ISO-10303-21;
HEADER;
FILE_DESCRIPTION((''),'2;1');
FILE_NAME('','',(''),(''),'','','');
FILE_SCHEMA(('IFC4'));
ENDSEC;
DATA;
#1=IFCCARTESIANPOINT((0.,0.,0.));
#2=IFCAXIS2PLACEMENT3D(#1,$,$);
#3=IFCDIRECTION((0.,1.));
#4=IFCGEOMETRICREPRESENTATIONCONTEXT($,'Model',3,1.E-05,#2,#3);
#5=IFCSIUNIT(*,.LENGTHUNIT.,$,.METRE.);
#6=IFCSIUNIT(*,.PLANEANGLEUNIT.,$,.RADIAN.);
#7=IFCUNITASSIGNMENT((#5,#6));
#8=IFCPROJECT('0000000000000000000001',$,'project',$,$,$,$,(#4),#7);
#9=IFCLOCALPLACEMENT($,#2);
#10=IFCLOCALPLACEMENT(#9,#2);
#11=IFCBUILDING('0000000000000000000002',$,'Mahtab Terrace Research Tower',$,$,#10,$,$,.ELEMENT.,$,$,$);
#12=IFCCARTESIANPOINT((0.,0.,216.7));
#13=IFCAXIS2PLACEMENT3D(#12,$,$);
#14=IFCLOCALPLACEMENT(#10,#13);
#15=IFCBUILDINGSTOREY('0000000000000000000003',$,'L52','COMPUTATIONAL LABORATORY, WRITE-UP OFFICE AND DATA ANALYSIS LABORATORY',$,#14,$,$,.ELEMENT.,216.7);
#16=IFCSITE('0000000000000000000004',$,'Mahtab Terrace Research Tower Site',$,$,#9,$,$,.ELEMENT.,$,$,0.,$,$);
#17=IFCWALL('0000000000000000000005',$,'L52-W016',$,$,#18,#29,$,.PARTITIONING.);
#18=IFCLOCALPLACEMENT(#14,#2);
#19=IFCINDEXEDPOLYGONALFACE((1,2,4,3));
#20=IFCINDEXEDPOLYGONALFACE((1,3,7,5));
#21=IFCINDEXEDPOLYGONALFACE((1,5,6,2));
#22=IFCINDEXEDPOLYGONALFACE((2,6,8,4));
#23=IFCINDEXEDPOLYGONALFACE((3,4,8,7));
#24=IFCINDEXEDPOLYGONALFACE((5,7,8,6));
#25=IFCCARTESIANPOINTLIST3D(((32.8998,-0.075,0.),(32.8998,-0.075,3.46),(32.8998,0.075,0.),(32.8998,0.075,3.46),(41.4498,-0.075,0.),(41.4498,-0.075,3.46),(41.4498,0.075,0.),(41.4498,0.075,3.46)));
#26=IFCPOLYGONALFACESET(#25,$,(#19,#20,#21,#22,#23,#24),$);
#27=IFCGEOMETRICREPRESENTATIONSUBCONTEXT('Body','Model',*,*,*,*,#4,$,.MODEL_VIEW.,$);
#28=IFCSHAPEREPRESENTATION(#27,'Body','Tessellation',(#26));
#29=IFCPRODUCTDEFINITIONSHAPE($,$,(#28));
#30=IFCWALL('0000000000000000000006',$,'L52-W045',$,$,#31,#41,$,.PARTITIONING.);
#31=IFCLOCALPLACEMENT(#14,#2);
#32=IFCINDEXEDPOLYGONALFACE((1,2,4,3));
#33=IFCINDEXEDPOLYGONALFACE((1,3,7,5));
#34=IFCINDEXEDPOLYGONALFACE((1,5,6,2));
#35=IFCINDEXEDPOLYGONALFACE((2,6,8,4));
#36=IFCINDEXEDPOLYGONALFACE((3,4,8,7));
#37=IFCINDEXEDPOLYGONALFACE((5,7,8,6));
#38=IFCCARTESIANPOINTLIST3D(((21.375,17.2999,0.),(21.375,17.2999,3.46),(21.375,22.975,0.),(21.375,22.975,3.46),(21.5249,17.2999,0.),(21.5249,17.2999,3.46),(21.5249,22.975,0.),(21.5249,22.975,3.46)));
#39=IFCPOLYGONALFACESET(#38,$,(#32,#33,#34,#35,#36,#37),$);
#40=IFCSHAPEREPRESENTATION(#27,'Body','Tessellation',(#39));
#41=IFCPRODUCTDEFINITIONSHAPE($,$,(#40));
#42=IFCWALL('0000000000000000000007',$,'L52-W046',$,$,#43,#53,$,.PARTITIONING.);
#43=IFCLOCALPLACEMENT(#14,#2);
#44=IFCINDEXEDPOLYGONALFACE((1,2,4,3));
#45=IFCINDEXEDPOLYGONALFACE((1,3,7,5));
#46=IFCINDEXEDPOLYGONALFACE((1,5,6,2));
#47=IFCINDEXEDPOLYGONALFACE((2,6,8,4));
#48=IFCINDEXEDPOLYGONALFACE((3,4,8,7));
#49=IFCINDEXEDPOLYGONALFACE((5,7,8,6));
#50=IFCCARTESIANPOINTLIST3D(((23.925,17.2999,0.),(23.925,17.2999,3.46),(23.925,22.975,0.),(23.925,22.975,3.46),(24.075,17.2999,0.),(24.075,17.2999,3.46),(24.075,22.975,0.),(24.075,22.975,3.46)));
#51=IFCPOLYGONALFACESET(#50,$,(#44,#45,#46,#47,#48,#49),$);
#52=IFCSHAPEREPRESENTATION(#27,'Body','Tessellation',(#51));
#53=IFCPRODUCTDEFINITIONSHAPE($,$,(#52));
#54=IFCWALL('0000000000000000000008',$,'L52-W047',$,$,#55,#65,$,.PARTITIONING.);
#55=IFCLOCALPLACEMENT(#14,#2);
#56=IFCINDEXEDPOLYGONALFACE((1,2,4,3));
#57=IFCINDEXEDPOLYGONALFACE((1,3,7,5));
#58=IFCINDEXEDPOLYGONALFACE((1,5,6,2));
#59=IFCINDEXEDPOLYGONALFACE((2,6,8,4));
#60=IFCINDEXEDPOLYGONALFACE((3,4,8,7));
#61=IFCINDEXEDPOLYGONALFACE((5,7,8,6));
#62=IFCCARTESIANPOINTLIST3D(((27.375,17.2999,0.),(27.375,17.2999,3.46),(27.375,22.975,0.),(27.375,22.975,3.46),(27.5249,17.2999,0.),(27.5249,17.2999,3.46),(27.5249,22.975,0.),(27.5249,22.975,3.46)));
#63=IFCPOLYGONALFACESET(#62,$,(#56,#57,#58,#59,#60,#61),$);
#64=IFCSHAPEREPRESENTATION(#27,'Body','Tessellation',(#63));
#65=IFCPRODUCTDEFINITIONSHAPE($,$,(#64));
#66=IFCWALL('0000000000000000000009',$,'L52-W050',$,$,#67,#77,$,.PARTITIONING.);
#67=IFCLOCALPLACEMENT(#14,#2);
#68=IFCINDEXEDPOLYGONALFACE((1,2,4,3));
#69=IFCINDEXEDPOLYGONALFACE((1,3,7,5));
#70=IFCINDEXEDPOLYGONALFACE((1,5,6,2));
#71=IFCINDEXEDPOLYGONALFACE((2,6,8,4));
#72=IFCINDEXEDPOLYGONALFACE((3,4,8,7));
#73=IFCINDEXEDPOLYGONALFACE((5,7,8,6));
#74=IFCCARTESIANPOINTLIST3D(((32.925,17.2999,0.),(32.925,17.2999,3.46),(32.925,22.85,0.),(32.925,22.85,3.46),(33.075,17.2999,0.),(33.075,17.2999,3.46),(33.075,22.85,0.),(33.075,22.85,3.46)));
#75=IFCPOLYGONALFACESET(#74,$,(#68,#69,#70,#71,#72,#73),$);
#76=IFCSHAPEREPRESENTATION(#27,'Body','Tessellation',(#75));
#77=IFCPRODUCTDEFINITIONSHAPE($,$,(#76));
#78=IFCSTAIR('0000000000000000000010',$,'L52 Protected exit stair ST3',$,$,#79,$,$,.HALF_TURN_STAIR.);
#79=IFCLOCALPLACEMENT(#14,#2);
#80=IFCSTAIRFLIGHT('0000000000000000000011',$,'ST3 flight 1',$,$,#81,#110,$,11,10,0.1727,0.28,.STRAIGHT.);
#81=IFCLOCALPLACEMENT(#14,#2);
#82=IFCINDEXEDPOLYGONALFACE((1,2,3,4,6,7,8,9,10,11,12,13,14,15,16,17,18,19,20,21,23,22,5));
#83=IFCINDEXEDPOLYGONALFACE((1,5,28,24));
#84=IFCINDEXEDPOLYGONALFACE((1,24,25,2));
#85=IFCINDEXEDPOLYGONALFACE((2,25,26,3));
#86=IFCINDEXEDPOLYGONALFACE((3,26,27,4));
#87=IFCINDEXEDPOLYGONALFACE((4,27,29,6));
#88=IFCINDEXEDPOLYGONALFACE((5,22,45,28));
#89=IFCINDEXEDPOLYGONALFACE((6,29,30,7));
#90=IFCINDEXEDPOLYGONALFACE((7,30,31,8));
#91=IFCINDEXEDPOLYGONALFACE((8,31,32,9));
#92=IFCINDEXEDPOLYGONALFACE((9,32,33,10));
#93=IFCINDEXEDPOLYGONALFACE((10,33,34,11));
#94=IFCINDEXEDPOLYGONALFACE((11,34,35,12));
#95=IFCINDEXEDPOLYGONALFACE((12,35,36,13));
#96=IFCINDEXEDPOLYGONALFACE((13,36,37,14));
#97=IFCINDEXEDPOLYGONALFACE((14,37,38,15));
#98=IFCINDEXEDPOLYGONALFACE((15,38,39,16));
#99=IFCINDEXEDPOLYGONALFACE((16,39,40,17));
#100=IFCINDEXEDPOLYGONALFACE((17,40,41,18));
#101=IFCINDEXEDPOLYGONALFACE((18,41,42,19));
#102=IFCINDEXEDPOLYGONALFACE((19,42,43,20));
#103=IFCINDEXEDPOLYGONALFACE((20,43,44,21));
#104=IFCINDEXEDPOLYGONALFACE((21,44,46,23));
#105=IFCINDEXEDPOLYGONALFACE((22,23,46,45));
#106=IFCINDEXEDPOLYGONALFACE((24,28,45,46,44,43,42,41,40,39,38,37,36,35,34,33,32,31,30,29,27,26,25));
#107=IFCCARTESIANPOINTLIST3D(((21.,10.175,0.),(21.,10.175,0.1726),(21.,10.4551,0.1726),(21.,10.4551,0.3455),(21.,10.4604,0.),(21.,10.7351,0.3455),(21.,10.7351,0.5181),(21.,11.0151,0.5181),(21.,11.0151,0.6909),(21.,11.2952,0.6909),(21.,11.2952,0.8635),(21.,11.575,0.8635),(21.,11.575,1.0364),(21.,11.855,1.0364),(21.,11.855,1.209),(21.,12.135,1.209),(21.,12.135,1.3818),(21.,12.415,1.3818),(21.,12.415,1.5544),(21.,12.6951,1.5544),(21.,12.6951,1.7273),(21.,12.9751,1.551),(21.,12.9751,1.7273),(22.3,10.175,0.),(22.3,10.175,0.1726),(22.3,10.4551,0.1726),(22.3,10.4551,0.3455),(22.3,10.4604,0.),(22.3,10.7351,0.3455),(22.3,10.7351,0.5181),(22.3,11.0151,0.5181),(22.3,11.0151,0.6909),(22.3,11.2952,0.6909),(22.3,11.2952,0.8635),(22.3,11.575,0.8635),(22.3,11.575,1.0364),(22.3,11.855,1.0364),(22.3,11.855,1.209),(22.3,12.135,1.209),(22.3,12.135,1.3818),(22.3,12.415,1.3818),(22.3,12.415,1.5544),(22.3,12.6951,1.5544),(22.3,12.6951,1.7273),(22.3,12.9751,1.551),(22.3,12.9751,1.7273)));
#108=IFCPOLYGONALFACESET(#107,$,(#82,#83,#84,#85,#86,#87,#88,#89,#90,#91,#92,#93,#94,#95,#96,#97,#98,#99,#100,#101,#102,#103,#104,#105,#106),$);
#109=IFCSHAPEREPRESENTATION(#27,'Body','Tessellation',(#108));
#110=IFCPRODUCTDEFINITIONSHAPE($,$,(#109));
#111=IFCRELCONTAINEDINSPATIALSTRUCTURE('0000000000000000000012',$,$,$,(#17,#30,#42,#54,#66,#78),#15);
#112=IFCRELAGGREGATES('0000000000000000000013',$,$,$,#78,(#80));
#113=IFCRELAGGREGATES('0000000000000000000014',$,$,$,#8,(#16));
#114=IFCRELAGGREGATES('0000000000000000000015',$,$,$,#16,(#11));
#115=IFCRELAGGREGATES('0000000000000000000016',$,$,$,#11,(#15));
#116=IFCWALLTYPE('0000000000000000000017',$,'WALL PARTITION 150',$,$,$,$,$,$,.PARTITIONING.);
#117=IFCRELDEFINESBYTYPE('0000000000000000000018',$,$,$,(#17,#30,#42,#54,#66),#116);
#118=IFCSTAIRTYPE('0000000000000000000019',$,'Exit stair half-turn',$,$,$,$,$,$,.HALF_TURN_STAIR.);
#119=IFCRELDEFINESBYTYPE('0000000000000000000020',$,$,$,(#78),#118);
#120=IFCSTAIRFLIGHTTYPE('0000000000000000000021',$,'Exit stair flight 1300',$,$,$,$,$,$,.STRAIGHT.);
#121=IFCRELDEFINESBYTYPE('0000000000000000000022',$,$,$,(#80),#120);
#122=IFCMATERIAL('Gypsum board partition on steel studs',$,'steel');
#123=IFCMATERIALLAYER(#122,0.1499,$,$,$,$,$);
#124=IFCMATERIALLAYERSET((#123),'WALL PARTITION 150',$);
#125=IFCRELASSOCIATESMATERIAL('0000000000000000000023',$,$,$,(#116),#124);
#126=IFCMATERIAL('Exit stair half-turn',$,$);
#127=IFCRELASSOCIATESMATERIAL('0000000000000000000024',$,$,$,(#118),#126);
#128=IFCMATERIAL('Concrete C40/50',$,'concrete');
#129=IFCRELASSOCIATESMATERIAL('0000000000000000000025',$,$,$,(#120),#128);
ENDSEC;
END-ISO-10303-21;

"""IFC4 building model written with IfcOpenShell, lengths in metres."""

from ifc_helpers import new_model, si_unit, direction, frame, frame_2d, origin, place, context, subcontext, project, spatial, polyline, rectangle, outline, extrude, material, layer, layer_set, type_object, element, aggregate, save


model = new_model("IFC4")

# Units and contexts
model_context = context("Model", 3, precision=1e-05, world=origin(), true_north=direction((0.0, 1.0)))
body_context = subcontext(model_context, "Body", "Model", "MODEL_VIEW")
ifc_project = project(units=[si_unit("LENGTHUNIT", "METRE"), si_unit("PLANEANGLEUNIT", "RADIAN")], contexts=[model_context])

# Site, building, storey
site_placement = place(None, origin())
site = spatial("IfcSite", under=ifc_project, at=site_placement, Name="Mahtab Terrace Research Tower Site", CompositionType="ELEMENT", RefElevation=0.0)
building_placement = place(site_placement, origin())
building = spatial("IfcBuilding", under=site, at=building_placement, Name="Mahtab Terrace Research Tower", CompositionType="ELEMENT")
storey_placement = place(building_placement, frame((0.0, 0.0, 216.7)))
storey = spatial("IfcBuildingStorey", under=building, at=storey_placement, Name="L52", Description="COMPUTATIONAL LABORATORY, WRITE-UP OFFICE AND DATA ANALYSIS LABORATORY", CompositionType="ELEMENT", Elevation=216.7)

# Walls
ifc_material_1 = material(Name="Gypsum board partition on steel studs", Category="steel")
ifc_layer_1 = layer(ifc_material_1, 0.1499)
ifc_layer_set_1 = layer_set([ifc_layer_1], Name="WALL PARTITION 150")
wall_type_1 = type_object("IfcWallType", Name="WALL PARTITION 150", PredefinedType="PARTITIONING", material=ifc_layer_set_1)
wall_1_placement = place(storey_placement, frame((32.8999, 0.0, 0.0), z_axis=(0.0, 0.0, 1.0), x_axis=(1.0, 0.0, 0.0)))
element("IfcWall", 1, at=wall_1_placement, inside=storey, type_object=wall_type_1, Name="L52-W016", PredefinedType="PARTITIONING", context=body_context, shape_type="SweptSolid", body=[
    extrude(rectangle(XDim=8.55, YDim=0.1499, at=frame_2d((4.2749, 0.0))), origin(), (0.0, 0.0, 1.0), 3.46),
])
for number, where, z_axis, x_axis, name in (
    (2, (21.45, 17.3, 0.0), (0.0, 0.0, 1.0), (0.0, 1.0, 0.0), "L52-W045"),
    (3, (24.0, 17.3, 0.0), (0.0, 0.0, 1.0), (0.0, 1.0, 0.0), "L52-W046"),
    (4, (27.45, 17.3, 0.0), (0.0, 0.0, 1.0), (0.0, 1.0, 0.0), "L52-W047"),
):
    element("IfcWall", number, at=place(storey_placement, frame(where, z_axis=z_axis, x_axis=x_axis)), inside=storey, type_object=wall_type_1, Name=name, PredefinedType="PARTITIONING", context=body_context, shape_type="SweptSolid", body=[
        extrude(rectangle(XDim=5.675, YDim=0.1499, at=frame_2d((2.8374, 0.0))), origin(), (0.0, 0.0, 1.0), 3.46),
    ])
wall_2_placement = place(storey_placement, frame((33.0, 17.3, 0.0), z_axis=(0.0, 0.0, 1.0), x_axis=(0.0, 1.0, 0.0)))
element("IfcWall", 5, at=wall_2_placement, inside=storey, type_object=wall_type_1, Name="L52-W050", PredefinedType="PARTITIONING", context=body_context, shape_type="SweptSolid", body=[
    extrude(rectangle(XDim=5.55, YDim=0.1499, at=frame_2d((2.7749, 0.0))), origin(), (0.0, 0.0, 1.0), 3.46),
])

# Stair, stair flight
ifc_material_2 = material(Name="Exit stair half-turn")
stair_type = type_object("IfcStairType", Name="Exit stair half-turn", PredefinedType="HALF_TURN_STAIR", material=ifc_material_2)
stair_placement = place(storey_placement, origin())
stair = element("IfcStair", 6, at=stair_placement, inside=storey, type_object=stair_type, Name="L52 Protected exit stair ST3", PredefinedType="HALF_TURN_STAIR")
ifc_material_3 = material(Name="Concrete C40/50", Category="concrete")
stair_flight_type = type_object("IfcStairFlightType", Name="Exit stair flight 1300", PredefinedType="STRAIGHT", material=ifc_material_3)
stair_flight_placement = place(storey_placement, frame((21.6499, 10.175, 0.0), z_axis=(0.0, 0.0, 1.0), x_axis=(0.0, 1.0, 0.0)))
stair_flight = element("IfcStairFlight", 7, at=stair_flight_placement, type_object=stair_flight_type, Name="ST3 flight 1", NumberOfRisers=11, NumberOfTreads=10, PredefinedType="STRAIGHT", RiserHeight=0.1727, TreadLength=0.28, context=body_context, shape_type="SweptSolid", body=[
    extrude(outline(polyline([(0.0, 0.0), (0.0, 0.1726), (0.28, 0.1726), (0.28, 0.3455), (0.5601, 0.3455), (0.5601, 0.5181), (0.8401, 0.5181), (0.8401, 0.6909), (1.1201, 0.6909), (1.1201, 0.8635), (1.3999, 0.8635), (1.3999, 1.0364), (1.6799, 1.0364), (1.6799, 1.209), (1.96, 1.209), (1.96, 1.3818), (2.24, 1.3818), (2.24, 1.5544), (2.52, 1.5544), (2.52, 1.7273), (2.8, 1.7273), (2.8, 1.8999), (2.8, 1.551), (0.2854, 0.0), (0.0, 0.0)])), frame((0.0, 0.6499, 0.0), z_axis=(0.0, -1.0, 0.0), x_axis=(1.0, 0.0, 0.0)), (0.0, 0.0, 1.0), 1.3),
])
aggregate(stair, [stair_flight])

save(model, "model.ifc")
